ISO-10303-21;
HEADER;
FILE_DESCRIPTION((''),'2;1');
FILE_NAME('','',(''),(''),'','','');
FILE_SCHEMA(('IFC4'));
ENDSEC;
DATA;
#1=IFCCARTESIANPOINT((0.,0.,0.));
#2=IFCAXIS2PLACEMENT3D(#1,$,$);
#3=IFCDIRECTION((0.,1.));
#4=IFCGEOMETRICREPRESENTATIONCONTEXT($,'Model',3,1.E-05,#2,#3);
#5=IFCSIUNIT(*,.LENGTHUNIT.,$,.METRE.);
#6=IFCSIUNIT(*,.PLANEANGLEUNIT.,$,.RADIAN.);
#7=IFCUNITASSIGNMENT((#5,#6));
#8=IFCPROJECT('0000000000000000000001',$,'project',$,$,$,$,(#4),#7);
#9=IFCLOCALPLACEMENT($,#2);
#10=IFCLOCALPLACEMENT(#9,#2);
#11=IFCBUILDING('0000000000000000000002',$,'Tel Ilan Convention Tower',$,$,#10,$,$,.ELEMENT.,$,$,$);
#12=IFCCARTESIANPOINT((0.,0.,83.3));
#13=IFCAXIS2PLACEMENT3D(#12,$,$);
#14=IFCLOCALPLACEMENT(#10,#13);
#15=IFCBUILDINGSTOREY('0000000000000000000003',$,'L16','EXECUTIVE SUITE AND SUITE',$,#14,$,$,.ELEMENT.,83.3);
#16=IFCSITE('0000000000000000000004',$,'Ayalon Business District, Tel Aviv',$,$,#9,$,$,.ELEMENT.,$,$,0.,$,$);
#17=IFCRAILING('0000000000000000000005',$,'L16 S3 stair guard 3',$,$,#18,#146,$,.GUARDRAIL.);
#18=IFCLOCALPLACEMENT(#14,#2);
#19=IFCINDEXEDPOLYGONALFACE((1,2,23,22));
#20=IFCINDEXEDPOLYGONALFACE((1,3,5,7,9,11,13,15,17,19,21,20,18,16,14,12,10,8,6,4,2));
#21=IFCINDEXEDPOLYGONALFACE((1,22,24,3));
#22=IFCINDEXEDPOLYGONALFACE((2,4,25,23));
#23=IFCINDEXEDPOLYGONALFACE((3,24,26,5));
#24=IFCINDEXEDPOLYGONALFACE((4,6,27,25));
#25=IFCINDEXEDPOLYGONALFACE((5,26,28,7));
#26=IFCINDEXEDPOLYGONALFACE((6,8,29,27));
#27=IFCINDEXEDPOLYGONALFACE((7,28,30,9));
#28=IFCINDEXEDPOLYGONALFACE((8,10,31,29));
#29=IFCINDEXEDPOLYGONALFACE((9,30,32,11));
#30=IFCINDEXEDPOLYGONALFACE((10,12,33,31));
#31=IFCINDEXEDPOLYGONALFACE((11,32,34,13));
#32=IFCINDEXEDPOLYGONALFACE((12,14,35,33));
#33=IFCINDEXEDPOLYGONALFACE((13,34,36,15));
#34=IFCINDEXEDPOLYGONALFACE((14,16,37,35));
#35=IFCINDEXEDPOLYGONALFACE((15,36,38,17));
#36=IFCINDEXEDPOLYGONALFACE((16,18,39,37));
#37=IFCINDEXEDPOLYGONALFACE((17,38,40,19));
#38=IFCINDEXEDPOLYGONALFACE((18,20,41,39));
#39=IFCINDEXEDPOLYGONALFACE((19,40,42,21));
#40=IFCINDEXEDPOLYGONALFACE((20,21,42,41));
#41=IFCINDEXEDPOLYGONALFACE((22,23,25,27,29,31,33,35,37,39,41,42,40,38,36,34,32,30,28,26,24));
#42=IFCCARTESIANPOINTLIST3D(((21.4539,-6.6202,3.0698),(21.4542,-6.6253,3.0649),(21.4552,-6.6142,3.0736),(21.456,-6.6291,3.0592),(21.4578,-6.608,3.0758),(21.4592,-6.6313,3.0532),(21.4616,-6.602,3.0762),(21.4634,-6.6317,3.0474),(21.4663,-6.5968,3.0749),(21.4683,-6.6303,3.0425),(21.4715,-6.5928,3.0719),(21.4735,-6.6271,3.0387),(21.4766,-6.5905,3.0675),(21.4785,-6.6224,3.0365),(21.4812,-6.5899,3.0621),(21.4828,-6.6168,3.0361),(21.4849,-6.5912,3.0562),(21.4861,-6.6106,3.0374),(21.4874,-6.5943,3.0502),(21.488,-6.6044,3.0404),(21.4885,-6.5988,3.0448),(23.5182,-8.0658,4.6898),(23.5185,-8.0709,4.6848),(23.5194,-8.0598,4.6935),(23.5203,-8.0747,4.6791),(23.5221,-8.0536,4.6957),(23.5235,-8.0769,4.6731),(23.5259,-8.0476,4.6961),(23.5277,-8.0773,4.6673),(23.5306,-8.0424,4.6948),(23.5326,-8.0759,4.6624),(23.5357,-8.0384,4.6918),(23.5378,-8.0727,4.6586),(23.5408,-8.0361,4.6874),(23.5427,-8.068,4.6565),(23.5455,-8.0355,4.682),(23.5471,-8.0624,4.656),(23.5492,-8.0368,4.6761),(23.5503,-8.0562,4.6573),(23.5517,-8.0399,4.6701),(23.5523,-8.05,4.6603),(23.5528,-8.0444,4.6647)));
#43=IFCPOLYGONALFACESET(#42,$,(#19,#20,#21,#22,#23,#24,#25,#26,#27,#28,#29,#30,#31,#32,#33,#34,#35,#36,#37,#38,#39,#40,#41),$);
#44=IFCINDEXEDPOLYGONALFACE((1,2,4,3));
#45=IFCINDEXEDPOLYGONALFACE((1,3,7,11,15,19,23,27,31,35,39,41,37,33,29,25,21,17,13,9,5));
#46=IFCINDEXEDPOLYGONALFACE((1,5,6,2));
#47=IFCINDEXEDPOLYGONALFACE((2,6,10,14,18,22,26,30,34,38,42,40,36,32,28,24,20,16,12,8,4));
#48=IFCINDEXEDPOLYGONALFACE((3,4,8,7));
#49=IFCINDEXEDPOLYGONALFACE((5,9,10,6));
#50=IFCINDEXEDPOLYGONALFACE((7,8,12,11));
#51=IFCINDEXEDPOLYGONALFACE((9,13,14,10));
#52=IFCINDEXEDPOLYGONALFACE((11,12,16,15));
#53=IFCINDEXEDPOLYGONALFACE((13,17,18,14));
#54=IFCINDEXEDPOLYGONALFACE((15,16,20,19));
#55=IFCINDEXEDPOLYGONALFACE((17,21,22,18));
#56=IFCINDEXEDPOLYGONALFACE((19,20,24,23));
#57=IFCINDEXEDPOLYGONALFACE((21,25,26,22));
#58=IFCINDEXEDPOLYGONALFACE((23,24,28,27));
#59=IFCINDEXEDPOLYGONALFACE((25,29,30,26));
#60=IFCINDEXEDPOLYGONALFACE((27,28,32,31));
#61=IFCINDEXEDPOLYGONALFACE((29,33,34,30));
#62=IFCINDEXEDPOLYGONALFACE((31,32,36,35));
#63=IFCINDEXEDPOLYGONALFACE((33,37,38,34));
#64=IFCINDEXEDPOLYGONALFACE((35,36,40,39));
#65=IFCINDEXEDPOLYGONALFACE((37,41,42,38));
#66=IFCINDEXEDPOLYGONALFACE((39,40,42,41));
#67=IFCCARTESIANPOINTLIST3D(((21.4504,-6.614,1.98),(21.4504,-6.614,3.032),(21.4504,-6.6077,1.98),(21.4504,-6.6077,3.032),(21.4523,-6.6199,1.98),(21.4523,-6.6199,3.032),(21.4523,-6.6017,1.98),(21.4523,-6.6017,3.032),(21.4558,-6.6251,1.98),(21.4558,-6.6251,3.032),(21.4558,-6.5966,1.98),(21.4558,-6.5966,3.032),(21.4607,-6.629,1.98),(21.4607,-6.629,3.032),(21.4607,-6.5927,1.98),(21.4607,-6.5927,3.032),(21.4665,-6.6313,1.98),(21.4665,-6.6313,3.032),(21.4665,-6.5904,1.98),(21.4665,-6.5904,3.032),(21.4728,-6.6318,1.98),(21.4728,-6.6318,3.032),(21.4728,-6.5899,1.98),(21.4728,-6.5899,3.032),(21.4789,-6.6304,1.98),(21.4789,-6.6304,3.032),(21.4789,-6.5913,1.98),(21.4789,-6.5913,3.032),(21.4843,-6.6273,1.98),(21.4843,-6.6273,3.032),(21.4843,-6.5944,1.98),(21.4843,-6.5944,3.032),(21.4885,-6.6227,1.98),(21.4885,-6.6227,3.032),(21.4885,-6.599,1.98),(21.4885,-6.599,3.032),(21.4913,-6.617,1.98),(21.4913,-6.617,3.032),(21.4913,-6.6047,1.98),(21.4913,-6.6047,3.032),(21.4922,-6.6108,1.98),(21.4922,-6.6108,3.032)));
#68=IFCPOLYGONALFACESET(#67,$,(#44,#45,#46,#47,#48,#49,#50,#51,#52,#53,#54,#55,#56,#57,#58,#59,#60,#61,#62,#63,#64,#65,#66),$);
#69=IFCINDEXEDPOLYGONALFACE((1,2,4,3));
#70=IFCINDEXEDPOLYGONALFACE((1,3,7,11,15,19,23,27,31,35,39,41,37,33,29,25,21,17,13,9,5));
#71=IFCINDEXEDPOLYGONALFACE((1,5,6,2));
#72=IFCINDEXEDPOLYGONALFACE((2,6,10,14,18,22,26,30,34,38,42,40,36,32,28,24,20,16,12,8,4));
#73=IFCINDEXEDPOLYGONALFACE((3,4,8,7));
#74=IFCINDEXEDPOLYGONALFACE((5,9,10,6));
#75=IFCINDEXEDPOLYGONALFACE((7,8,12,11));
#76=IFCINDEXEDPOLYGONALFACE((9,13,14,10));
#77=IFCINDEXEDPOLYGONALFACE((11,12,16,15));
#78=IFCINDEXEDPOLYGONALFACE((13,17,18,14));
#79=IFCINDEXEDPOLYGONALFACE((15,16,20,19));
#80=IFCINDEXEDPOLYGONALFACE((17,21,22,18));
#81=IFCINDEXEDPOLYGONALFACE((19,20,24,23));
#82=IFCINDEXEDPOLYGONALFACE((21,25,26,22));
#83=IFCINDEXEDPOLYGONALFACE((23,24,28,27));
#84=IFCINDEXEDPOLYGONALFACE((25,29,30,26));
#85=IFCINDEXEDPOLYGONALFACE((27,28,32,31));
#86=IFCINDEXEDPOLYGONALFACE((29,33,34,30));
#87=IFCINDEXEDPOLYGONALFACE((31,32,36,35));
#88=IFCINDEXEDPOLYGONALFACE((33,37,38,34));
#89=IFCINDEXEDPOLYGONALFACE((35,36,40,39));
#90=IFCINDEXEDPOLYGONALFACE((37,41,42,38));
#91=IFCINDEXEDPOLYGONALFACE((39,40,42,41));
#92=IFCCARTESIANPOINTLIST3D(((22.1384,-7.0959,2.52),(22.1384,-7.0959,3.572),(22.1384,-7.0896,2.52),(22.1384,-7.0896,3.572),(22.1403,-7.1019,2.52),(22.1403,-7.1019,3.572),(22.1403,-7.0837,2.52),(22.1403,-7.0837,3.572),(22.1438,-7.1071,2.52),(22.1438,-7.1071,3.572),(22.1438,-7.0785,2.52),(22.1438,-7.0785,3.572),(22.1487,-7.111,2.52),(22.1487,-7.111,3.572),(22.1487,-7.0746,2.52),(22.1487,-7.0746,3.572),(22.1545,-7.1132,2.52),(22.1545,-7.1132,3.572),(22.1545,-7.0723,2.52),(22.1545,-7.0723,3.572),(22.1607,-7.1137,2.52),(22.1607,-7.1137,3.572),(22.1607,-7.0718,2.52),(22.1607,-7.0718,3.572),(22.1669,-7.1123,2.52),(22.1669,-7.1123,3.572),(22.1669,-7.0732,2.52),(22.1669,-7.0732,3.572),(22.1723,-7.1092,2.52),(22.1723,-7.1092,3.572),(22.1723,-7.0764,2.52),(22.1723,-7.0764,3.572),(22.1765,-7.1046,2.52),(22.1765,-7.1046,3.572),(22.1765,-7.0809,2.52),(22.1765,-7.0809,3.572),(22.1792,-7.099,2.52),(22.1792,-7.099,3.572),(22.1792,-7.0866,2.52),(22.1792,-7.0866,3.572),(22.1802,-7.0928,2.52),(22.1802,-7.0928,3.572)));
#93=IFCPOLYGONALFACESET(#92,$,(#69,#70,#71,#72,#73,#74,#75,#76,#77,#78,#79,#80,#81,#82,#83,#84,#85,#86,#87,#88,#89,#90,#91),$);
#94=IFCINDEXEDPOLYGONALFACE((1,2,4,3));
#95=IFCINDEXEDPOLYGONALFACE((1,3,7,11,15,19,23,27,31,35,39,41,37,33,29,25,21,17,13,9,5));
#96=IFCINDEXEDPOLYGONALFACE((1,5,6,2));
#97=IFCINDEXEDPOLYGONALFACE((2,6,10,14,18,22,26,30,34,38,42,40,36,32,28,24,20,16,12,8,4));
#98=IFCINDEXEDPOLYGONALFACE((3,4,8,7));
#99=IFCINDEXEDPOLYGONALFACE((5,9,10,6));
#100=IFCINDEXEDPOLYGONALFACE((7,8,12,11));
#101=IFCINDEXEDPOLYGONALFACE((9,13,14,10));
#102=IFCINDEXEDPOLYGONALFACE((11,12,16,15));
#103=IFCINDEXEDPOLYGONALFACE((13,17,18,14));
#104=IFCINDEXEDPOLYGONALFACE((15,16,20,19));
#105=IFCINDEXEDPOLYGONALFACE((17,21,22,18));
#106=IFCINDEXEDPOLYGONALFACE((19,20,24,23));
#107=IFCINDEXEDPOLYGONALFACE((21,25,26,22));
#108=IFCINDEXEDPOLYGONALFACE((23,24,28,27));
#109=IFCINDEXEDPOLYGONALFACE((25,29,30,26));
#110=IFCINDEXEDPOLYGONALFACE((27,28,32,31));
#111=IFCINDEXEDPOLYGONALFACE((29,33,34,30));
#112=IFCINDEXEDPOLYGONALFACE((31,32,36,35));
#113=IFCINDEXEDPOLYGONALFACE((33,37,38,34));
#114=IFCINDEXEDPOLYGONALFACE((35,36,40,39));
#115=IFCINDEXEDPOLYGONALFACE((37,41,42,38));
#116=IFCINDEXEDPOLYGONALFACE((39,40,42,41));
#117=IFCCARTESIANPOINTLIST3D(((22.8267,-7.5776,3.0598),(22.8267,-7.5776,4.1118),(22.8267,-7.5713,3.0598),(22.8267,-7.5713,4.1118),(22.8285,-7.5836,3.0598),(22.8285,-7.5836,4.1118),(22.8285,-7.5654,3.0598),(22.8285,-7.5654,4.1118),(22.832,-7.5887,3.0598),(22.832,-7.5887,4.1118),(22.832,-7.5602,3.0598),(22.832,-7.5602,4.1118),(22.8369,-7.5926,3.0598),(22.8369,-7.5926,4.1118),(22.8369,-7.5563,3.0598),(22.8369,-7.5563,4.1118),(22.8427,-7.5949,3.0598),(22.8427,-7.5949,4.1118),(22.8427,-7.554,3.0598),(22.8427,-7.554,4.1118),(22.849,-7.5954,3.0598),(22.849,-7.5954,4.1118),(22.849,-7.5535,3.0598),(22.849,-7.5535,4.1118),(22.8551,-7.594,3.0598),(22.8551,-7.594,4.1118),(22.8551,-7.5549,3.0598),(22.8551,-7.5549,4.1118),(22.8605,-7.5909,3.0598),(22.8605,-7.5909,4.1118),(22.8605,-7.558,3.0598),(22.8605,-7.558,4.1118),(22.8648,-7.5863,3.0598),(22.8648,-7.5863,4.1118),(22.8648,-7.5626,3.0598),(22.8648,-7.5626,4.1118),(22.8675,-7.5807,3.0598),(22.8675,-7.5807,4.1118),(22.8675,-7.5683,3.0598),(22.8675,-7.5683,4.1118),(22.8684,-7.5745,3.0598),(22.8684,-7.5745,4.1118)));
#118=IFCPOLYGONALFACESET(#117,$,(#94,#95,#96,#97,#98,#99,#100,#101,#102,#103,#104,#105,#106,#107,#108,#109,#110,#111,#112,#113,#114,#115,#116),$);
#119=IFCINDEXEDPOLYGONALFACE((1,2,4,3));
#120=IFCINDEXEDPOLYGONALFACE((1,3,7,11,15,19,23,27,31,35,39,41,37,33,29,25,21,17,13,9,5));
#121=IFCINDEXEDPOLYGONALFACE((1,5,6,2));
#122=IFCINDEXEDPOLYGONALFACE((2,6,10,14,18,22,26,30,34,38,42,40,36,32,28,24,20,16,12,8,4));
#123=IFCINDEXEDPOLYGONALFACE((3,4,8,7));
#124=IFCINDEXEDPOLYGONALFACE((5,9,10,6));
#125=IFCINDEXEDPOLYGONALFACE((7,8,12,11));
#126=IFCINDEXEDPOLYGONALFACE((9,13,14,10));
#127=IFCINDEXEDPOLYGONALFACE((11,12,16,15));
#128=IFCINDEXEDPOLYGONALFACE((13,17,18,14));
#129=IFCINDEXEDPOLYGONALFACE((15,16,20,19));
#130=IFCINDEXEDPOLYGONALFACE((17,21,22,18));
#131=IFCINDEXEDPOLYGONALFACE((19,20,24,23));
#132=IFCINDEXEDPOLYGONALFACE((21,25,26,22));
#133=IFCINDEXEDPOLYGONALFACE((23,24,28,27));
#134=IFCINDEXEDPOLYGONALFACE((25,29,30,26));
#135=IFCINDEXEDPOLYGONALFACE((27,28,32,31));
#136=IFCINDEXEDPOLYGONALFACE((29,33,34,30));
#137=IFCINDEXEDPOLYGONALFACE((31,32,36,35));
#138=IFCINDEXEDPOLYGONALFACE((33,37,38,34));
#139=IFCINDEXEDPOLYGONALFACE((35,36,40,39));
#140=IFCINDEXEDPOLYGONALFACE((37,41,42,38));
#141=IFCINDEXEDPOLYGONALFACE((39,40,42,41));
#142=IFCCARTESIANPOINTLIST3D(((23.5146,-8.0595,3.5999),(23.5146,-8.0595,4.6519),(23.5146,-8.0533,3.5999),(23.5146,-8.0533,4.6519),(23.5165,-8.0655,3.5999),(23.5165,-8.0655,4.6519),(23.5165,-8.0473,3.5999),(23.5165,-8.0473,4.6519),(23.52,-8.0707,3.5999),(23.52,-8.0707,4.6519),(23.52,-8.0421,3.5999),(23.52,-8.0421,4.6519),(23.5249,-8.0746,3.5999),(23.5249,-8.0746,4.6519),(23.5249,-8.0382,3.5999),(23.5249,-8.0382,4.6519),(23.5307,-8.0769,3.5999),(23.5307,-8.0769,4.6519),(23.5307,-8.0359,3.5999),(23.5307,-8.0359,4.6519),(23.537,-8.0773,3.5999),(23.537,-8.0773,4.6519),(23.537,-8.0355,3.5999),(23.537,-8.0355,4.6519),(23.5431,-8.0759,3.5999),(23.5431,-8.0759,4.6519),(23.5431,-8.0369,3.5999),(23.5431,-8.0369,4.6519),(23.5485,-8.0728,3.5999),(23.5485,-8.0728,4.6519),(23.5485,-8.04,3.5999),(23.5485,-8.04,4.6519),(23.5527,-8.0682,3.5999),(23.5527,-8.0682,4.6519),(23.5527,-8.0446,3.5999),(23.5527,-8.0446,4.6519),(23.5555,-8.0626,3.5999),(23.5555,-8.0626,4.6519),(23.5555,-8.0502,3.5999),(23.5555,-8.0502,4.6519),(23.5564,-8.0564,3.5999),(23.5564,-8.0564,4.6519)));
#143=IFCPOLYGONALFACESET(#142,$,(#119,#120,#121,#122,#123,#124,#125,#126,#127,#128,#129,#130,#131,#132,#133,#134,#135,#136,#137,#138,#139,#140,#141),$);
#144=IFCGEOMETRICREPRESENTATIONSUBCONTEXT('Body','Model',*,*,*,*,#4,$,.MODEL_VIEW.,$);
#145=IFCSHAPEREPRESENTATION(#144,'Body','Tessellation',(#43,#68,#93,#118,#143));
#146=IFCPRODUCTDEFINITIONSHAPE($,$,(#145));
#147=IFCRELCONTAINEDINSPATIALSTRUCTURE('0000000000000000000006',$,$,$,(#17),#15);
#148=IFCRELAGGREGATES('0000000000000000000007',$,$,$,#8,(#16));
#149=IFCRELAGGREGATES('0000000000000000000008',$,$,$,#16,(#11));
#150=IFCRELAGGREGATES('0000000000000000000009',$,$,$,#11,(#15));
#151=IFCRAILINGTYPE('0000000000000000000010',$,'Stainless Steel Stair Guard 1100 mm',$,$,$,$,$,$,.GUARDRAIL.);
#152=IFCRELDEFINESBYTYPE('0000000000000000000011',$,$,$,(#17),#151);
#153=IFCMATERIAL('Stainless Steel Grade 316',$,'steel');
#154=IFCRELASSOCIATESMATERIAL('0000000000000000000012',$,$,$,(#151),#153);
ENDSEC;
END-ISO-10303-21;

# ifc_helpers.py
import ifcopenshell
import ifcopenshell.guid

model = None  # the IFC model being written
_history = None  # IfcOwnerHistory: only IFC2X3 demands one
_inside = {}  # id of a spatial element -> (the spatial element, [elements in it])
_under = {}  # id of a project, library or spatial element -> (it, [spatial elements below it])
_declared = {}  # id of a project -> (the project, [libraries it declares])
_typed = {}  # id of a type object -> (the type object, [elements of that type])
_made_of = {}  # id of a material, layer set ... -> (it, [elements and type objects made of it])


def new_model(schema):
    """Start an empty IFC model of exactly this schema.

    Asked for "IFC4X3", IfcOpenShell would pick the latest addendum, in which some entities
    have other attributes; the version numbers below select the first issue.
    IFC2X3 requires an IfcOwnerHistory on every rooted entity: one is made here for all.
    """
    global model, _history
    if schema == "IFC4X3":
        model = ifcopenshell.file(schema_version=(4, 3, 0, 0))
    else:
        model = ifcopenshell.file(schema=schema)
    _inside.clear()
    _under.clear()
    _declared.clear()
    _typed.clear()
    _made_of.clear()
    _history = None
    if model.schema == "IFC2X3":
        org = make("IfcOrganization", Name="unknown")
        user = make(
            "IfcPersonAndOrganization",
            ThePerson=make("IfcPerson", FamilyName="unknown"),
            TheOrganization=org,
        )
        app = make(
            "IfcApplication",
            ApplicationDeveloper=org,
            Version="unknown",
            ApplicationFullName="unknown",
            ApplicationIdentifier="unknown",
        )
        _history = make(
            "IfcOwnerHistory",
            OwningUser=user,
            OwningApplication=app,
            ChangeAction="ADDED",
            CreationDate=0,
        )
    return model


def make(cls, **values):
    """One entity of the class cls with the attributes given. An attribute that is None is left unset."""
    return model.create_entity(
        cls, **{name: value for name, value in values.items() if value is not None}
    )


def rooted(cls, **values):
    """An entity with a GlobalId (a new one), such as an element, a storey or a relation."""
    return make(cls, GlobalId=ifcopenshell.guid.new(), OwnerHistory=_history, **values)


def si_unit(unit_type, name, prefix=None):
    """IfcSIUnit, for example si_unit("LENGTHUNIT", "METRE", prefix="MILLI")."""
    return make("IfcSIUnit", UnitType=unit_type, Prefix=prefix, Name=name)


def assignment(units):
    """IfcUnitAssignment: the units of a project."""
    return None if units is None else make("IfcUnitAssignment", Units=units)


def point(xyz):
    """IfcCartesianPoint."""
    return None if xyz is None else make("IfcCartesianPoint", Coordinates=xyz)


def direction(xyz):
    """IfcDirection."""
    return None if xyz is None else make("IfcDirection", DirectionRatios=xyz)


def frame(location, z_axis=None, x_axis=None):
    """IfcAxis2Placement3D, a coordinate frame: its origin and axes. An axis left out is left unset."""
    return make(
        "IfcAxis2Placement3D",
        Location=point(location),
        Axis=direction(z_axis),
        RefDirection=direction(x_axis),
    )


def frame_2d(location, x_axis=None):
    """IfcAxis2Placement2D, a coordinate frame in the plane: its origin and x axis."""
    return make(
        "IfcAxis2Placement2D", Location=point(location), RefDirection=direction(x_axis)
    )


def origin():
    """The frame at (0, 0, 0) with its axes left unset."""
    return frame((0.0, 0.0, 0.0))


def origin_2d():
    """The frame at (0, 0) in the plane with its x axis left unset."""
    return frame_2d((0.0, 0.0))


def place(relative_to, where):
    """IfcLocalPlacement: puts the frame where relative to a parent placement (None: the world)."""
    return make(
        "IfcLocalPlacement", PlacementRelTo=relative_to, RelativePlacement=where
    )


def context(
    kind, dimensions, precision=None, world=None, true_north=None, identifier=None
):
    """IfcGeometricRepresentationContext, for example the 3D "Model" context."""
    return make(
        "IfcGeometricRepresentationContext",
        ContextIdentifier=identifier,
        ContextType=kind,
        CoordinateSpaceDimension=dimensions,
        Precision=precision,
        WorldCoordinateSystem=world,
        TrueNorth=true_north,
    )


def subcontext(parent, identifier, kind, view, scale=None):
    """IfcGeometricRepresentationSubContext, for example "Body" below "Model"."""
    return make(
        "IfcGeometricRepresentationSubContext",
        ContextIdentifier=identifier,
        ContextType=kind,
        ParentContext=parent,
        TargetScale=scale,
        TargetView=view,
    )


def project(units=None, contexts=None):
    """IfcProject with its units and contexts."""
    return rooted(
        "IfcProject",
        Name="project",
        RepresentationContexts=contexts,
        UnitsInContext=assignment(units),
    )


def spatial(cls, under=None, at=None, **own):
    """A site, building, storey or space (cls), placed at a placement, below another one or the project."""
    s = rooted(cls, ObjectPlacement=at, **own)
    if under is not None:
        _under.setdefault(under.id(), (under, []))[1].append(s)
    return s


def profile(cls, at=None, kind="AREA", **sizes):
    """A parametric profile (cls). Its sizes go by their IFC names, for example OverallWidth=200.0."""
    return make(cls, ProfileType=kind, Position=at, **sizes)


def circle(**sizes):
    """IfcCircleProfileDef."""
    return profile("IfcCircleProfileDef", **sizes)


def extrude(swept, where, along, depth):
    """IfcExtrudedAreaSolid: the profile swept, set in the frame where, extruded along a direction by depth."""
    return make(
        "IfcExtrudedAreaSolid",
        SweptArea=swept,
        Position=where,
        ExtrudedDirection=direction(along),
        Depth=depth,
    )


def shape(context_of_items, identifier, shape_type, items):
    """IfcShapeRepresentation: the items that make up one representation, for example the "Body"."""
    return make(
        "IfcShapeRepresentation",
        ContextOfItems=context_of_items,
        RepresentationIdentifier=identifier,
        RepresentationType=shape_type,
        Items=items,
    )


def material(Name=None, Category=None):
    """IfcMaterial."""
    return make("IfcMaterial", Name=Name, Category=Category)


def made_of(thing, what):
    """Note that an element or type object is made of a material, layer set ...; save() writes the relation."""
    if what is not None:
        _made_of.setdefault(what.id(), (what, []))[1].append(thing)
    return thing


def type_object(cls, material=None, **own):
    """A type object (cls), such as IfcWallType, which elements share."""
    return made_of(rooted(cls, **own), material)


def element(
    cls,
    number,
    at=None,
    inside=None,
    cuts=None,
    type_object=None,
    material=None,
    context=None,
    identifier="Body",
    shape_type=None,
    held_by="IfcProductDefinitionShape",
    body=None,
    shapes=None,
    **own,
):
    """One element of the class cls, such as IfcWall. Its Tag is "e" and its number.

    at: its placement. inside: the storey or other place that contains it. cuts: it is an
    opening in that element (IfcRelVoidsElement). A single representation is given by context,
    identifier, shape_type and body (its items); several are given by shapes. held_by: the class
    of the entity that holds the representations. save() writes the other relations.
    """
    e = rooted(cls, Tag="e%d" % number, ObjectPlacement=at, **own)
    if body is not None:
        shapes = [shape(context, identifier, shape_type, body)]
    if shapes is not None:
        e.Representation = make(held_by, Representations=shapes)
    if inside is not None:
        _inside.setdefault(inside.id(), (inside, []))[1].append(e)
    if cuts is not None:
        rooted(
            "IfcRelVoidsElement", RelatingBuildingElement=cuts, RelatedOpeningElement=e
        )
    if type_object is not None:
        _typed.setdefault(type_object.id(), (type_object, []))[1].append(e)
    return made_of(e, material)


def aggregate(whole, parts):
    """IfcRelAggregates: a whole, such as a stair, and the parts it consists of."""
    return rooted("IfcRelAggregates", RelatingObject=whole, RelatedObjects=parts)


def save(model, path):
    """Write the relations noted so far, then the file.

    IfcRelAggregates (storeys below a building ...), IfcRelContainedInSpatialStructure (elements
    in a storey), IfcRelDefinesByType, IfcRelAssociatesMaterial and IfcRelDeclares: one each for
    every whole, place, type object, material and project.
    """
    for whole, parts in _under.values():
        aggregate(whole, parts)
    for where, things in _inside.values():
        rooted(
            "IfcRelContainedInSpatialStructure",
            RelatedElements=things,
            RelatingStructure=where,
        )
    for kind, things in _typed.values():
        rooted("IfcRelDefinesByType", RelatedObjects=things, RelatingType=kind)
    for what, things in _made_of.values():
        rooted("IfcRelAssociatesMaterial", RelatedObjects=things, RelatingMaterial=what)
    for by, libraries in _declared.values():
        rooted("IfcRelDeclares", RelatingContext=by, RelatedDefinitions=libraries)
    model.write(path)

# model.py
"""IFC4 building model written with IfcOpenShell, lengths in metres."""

from ifc_helpers import new_model, si_unit, direction, frame, origin, origin_2d, place, context, subcontext, project, spatial, circle, extrude, material, type_object, element, save


model = new_model("IFC4")

# Units and contexts
model_context = context("Model", 3, precision=1e-05, world=origin(), true_north=direction((0.0, 1.0)))
body_context = subcontext(model_context, "Body", "Model", "MODEL_VIEW")
ifc_project = project(units=[si_unit("LENGTHUNIT", "METRE"), si_unit("PLANEANGLEUNIT", "RADIAN")], contexts=[model_context])

# Site, building, storey
site_placement = place(None, origin())
site = spatial("IfcSite", under=ifc_project, at=site_placement, Name="Ayalon Business District, Tel Aviv", CompositionType="ELEMENT", RefElevation=0.0)
building_placement = place(site_placement, origin())
building = spatial("IfcBuilding", under=site, at=building_placement, Name="Tel Ilan Convention Tower", CompositionType="ELEMENT")
storey_placement = place(building_placement, frame((0.0, 0.0, 83.3)))
storey = spatial("IfcBuildingStorey", under=building, at=storey_placement, Name="L16", Description="EXECUTIVE SUITE AND SUITE", CompositionType="ELEMENT", Elevation=83.3)

# Railing
ifc_material_1 = material(Name="Stainless Steel Grade 316", Category="steel")
railing_type_1 = type_object("IfcRailingType", Name="Stainless Steel Stair Guard 1100 mm", PredefinedType="GUARDRAIL", material=ifc_material_1)
railing_1_placement = place(storey_placement, frame((21.4712, -6.6108, 1.98)))
element("IfcRailing", 1, at=railing_1_placement, inside=storey, type_object=railing_type_1, Name="L16 S3 stair guard 3", PredefinedType="GUARDRAIL", context=body_context, shape_type="SweptSolid", body=[
    extrude(circle(Radius=0.0239, at=origin_2d()), frame((0.0, 0.0, 1.0762), z_axis=(0.689043, -0.482534, 0.540722), x_axis=(0.573625, 0.819118, 0.0)), (0.0, 0.0, 1.0), 2.9958),
    extrude(circle(Radius=0.021, at=origin_2d()), origin(), (0.0, 0.0, 1.0), 1.052),
    extrude(circle(Radius=0.021, at=origin_2d()), frame((0.688, -0.4819, 0.54)), (0.0, 0.0, 1.0), 1.052),
    extrude(circle(Radius=0.021, at=origin_2d()), frame((1.3762, -0.9636, 1.0798)), (0.0, 0.0, 1.0), 1.052),
    extrude(circle(Radius=0.021, at=origin_2d()), frame((2.0642, -1.4456, 1.6199)), (0.0, 0.0, 1.0), 1.052),
])

save(model, "model.ifc")
